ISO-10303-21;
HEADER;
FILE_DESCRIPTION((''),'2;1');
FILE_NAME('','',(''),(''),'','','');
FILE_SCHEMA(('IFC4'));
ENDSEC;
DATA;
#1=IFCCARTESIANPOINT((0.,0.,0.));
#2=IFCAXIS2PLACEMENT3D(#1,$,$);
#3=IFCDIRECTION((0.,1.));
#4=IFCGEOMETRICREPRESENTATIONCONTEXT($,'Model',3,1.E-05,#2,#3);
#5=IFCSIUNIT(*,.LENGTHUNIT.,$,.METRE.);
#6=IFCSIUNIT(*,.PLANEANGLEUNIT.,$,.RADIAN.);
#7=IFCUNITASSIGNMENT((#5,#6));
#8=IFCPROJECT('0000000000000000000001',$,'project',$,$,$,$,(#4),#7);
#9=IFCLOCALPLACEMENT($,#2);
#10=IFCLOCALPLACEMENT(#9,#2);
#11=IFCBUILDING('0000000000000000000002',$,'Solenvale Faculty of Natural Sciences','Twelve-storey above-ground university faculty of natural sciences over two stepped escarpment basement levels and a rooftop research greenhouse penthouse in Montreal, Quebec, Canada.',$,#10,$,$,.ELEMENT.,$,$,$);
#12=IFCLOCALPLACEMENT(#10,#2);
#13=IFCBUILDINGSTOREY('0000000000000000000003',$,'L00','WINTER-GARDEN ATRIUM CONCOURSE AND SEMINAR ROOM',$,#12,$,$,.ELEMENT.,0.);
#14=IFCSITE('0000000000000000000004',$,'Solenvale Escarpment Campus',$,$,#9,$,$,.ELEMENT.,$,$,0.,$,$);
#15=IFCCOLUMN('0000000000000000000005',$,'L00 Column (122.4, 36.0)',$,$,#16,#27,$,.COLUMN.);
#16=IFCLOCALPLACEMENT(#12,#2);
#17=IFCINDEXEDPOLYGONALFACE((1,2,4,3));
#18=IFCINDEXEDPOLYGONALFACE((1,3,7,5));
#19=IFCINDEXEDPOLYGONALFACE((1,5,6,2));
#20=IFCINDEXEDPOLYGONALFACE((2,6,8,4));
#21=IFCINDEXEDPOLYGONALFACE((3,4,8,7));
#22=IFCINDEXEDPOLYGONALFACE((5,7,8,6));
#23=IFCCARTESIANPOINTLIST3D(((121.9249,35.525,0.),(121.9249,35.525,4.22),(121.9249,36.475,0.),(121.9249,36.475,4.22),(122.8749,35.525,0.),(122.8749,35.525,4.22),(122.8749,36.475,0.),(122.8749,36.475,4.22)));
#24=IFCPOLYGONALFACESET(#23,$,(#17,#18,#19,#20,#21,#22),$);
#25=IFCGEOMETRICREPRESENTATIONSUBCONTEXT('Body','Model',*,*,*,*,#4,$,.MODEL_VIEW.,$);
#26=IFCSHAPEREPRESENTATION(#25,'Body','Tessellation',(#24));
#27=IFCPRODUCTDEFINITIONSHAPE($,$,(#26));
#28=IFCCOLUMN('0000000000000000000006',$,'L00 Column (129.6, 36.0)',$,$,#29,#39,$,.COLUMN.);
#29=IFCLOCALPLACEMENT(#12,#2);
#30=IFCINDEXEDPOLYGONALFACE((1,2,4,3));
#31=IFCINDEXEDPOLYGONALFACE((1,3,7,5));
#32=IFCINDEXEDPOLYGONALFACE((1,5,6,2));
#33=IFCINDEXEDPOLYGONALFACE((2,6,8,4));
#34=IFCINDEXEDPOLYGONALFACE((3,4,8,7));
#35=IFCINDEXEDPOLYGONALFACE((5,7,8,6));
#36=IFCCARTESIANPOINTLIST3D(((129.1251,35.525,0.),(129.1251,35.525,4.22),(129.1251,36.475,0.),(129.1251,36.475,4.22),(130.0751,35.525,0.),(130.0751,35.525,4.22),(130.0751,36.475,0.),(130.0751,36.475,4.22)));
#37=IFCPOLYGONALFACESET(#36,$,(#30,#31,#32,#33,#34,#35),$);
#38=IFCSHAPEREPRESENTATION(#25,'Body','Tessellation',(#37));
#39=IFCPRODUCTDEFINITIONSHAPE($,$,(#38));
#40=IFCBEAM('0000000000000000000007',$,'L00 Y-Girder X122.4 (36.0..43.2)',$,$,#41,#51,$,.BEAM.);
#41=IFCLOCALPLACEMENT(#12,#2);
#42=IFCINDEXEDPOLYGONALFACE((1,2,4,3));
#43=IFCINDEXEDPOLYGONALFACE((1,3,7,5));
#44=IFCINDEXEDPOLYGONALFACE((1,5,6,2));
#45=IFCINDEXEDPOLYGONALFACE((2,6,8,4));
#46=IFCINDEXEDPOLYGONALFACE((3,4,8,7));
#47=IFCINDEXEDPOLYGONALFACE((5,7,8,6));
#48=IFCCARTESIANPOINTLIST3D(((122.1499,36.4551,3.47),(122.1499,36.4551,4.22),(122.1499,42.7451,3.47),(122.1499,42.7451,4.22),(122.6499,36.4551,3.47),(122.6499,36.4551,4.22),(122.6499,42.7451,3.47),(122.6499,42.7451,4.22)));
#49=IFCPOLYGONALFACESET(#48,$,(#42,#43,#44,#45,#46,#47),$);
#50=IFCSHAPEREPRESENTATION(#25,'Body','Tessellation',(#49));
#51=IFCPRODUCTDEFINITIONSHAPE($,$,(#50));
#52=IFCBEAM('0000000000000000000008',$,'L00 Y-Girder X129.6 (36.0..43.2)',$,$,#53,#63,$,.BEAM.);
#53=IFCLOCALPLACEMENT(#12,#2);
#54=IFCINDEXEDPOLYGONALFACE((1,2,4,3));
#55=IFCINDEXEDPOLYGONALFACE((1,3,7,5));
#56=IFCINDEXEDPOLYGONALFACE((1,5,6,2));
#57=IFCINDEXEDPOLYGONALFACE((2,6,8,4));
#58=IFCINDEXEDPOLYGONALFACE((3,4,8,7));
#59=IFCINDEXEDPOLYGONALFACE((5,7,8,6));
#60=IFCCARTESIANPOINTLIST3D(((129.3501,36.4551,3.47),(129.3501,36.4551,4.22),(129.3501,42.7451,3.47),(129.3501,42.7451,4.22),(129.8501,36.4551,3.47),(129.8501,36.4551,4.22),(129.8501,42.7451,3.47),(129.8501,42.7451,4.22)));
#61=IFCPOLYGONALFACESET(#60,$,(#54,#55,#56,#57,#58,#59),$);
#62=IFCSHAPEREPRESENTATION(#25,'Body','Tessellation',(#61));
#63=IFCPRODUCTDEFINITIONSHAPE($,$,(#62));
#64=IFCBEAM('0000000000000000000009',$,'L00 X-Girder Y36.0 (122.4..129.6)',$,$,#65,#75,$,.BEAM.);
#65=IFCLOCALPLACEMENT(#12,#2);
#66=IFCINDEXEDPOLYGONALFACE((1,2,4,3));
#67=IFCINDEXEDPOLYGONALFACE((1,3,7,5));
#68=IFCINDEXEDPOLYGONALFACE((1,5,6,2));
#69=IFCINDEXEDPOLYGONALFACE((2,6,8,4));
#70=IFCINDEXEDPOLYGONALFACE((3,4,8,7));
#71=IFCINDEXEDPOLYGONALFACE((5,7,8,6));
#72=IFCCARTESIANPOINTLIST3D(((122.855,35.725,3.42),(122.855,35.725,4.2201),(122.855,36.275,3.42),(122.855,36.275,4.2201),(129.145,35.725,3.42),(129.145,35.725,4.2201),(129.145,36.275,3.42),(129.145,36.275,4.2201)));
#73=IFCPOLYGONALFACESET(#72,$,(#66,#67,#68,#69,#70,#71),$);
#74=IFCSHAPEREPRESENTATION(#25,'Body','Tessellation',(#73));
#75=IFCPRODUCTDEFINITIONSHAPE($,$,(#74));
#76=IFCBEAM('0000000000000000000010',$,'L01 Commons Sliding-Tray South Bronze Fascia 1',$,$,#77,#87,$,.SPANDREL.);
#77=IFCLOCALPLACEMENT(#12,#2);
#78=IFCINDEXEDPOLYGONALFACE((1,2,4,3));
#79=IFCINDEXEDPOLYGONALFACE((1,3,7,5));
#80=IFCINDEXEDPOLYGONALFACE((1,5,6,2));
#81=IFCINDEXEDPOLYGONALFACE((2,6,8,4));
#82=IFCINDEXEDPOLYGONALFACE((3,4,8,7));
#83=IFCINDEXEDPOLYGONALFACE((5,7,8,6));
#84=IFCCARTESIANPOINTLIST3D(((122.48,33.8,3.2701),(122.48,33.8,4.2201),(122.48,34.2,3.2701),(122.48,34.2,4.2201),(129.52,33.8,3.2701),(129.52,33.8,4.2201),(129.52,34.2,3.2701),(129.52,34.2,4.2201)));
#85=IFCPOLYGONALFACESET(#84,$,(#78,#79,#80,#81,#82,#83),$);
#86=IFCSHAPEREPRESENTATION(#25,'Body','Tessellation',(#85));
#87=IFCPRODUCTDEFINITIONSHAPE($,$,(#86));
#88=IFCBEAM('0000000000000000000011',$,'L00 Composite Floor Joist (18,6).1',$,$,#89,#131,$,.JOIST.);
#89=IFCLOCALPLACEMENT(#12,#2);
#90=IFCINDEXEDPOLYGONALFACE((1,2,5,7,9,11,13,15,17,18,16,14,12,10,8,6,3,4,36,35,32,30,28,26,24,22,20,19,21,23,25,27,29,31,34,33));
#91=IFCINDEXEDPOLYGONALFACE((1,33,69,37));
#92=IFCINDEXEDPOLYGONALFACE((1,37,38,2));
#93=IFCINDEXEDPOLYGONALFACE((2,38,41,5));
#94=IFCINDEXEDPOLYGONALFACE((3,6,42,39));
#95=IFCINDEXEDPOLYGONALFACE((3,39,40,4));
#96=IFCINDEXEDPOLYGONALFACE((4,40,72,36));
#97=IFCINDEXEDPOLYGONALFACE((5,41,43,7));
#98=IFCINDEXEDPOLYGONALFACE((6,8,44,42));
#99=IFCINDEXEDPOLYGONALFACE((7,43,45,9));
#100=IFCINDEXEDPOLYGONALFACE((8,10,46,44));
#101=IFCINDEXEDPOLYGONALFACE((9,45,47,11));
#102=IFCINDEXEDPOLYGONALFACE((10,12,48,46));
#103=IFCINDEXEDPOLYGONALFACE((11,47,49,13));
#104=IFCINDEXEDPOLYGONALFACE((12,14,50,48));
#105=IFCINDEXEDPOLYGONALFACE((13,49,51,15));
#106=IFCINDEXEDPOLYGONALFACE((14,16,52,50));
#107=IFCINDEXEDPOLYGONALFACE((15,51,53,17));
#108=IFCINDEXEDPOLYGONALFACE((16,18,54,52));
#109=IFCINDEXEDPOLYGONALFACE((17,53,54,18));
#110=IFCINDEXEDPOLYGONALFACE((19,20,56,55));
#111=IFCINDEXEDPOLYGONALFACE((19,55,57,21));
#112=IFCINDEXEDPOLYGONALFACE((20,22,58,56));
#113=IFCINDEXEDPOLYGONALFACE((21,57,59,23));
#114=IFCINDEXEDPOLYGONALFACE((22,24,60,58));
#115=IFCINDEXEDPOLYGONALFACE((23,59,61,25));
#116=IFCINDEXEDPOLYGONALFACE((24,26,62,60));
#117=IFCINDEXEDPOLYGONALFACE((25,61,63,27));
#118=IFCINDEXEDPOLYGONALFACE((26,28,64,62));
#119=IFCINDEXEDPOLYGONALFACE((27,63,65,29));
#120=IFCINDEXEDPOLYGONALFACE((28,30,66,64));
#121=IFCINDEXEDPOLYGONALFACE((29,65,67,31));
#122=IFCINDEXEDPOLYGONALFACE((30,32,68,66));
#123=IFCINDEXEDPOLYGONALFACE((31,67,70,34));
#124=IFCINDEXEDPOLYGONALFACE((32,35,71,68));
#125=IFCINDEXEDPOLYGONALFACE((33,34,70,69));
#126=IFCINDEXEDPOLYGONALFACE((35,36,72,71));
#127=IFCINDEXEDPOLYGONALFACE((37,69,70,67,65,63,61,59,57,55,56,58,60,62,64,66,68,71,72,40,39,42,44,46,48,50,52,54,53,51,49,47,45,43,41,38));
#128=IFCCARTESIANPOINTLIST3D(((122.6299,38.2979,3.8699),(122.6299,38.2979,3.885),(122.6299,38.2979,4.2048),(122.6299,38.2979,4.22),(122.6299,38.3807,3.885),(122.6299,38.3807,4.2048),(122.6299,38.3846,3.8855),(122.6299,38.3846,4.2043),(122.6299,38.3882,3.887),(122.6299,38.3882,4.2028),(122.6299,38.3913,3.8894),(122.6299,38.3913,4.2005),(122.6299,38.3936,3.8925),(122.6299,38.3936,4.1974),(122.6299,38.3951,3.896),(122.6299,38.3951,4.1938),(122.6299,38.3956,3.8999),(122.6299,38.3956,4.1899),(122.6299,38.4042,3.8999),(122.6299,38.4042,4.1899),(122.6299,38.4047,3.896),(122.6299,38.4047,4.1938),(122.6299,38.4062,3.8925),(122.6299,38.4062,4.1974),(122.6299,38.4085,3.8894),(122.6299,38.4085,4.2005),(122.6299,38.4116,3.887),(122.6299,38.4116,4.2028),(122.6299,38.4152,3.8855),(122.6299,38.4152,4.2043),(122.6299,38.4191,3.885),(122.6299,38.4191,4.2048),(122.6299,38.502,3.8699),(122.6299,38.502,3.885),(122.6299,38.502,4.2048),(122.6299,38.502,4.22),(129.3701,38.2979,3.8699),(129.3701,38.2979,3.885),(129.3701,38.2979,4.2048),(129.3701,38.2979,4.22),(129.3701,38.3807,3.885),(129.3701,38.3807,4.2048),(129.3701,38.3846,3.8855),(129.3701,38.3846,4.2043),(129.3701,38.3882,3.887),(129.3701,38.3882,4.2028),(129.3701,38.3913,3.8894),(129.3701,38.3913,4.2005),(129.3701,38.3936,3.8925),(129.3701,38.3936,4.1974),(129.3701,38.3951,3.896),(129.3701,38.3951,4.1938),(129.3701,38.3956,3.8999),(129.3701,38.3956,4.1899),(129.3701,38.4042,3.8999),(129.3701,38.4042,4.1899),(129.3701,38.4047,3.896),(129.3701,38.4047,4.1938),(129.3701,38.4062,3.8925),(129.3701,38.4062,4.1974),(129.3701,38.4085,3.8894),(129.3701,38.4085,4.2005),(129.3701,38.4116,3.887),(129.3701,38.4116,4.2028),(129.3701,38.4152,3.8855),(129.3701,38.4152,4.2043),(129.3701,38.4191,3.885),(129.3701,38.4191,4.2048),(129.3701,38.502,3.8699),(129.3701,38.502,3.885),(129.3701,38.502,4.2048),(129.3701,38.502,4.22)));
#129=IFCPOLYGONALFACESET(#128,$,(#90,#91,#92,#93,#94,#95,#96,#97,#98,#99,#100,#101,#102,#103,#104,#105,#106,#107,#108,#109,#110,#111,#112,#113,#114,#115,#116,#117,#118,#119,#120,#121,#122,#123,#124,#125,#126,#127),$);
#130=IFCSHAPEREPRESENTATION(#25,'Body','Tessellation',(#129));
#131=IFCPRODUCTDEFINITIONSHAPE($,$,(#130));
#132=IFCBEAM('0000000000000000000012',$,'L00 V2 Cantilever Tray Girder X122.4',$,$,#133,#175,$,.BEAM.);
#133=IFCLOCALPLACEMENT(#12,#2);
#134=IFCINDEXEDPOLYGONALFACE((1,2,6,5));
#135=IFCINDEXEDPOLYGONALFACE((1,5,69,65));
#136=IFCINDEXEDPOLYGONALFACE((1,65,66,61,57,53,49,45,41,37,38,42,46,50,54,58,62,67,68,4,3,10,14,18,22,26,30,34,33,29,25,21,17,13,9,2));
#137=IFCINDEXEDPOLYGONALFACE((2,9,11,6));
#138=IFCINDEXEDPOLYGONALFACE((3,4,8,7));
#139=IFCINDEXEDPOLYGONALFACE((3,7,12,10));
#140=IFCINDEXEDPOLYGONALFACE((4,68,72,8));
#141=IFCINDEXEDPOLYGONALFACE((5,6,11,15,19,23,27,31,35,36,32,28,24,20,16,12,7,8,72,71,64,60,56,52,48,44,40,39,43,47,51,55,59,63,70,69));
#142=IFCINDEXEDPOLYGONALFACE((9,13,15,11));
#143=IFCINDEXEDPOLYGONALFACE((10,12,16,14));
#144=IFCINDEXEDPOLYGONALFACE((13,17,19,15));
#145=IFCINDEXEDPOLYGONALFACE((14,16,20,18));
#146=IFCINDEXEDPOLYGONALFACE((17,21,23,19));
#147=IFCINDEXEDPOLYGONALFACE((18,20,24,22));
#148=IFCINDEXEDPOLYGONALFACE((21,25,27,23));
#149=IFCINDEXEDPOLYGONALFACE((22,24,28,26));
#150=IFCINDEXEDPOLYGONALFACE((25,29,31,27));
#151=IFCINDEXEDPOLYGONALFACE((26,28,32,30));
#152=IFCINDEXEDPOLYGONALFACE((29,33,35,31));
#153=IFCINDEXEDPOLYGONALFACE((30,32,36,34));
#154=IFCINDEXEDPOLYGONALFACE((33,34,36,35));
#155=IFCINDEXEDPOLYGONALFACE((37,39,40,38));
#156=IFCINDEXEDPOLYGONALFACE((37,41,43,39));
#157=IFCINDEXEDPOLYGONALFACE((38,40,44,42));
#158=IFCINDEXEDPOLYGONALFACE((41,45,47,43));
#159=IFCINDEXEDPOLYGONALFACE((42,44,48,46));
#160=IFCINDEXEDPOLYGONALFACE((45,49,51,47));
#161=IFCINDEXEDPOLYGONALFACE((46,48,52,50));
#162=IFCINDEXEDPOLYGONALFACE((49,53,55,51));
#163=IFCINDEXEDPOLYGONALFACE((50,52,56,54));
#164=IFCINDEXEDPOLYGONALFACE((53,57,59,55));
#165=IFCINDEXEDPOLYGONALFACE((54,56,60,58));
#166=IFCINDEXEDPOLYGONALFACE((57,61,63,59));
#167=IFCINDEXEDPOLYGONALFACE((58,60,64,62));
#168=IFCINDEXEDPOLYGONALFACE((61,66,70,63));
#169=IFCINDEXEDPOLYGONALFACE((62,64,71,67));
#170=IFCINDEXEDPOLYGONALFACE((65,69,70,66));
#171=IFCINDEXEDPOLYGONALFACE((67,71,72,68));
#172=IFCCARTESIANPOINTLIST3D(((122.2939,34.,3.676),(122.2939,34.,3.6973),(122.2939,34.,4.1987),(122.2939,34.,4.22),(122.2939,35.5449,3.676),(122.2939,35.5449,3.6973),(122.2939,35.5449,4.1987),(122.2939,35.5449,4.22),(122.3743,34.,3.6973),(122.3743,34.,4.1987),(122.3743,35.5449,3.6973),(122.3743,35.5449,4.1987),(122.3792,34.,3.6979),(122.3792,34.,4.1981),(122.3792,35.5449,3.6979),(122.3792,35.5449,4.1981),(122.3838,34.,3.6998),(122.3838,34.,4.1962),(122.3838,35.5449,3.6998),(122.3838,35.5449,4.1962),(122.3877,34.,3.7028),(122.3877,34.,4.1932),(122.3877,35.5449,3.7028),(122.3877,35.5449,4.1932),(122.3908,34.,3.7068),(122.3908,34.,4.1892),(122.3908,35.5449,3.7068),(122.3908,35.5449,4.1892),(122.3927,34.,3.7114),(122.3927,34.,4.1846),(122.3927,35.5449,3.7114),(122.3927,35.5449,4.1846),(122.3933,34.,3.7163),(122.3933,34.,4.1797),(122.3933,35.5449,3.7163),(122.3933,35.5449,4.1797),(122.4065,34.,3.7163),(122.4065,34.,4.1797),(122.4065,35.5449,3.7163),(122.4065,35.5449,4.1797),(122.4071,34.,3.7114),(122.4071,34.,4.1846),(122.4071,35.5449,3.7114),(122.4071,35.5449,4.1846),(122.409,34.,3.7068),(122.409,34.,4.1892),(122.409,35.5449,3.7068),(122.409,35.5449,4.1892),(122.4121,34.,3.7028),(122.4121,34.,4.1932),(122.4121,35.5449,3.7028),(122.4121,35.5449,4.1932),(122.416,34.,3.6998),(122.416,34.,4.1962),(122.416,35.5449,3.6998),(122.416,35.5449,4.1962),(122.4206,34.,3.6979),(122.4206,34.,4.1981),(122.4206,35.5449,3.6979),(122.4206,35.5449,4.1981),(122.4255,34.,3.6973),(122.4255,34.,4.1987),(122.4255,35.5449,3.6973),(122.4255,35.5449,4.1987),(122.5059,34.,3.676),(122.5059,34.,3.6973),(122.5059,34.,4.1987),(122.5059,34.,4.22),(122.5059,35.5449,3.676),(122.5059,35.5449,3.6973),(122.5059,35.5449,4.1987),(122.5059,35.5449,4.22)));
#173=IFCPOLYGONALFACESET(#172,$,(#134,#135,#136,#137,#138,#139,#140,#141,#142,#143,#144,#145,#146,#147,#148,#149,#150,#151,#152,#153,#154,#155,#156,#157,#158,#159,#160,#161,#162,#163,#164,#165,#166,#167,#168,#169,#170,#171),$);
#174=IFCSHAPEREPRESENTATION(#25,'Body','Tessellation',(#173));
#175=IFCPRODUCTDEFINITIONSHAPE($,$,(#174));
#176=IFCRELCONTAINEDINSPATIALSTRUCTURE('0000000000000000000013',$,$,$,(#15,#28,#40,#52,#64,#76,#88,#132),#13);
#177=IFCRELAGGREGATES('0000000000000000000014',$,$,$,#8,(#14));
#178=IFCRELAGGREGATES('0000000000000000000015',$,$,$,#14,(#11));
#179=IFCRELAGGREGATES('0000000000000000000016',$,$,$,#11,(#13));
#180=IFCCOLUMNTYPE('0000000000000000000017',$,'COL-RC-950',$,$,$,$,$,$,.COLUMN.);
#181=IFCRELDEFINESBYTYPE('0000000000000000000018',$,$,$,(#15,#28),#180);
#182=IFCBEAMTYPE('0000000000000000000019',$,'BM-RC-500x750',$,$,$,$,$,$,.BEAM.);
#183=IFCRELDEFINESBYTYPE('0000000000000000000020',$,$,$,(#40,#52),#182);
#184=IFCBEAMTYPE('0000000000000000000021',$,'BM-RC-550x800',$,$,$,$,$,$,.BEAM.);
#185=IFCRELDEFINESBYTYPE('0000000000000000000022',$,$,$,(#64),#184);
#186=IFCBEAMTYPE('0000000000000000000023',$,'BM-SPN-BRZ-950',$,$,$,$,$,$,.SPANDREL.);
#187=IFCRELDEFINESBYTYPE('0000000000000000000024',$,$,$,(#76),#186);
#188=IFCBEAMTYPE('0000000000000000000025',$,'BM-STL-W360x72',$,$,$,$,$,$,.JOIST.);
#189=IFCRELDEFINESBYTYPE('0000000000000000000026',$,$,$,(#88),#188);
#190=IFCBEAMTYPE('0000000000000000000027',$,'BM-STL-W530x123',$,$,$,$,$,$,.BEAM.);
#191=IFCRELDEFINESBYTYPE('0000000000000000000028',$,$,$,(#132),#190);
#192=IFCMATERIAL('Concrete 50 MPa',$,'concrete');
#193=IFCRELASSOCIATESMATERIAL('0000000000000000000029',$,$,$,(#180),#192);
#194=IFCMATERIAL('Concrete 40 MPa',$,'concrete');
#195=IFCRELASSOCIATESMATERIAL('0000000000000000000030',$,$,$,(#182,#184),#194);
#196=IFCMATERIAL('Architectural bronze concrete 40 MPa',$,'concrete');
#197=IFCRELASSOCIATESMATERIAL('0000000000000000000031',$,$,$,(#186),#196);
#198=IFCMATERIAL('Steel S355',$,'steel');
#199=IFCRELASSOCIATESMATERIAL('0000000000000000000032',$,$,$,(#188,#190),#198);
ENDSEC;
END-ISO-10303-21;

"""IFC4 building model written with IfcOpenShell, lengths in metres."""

from ifc_helpers import new_model, si_unit, direction, frame, origin, origin_2d, place, context, subcontext, project, spatial, rectangle, i_section, extrude, material, material_profile, profile_set, type_object, element, save


model = new_model("IFC4")

# Units and contexts
model_context = context("Model", 3, precision=1e-05, world=origin(), true_north=direction((0.0, 1.0)))
body_context = subcontext(model_context, "Body", "Model", "MODEL_VIEW")
ifc_project = project(units=[si_unit("LENGTHUNIT", "METRE"), si_unit("PLANEANGLEUNIT", "RADIAN")], contexts=[model_context])

# Site, building, storey
site_placement = place(None, origin())
site = spatial("IfcSite", under=ifc_project, at=site_placement, Name="Solenvale Escarpment Campus", CompositionType="ELEMENT", RefElevation=0.0)
building_placement = place(site_placement, origin())
building = spatial("IfcBuilding", under=site, at=building_placement, Name="Solenvale Faculty of Natural Sciences", Description="Twelve-storey above-ground university faculty of natural sciences over two stepped escarpment basement levels and a rooftop research greenhouse penthouse in Montreal, Quebec, Canada.", CompositionType="ELEMENT")
storey_placement = place(building_placement, origin())
storey = spatial("IfcBuildingStorey", under=building, at=storey_placement, Name="L00", Description="WINTER-GARDEN ATRIUM CONCOURSE AND SEMINAR ROOM", CompositionType="ELEMENT", Elevation=0.0)

# Columns
ifc_material_1 = material(Name="Concrete 50 MPa", Category="concrete")
ifc_material_profile_1 = material_profile(ifc_material_1, rectangle(XDim=0.95, YDim=0.95, at=origin_2d()), Name="RC-COL-950x950")
ifc_profile_set_1 = profile_set([ifc_material_profile_1], Name="Concrete 50 MPa")
column_type = type_object("IfcColumnType", Name="COL-RC-950", PredefinedType="COLUMN", material=ifc_profile_set_1)
for number, where, z_axis, x_axis, name in (
    (1, (122.3999, 36.0, 0.0), (0.0, 0.0, 1.0), (1.0, 0.0, 0.0), "L00 Column (122.4, 36.0)"),
    (2, (129.6001, 36.0, 0.0), (0.0, 0.0, 1.0), (1.0, 0.0, 0.0), "L00 Column (129.6, 36.0)"),
):
    element("IfcColumn", number, at=place(storey_placement, frame(where, z_axis=z_axis, x_axis=x_axis)), inside=storey, type_object=column_type, Name=name, PredefinedType="COLUMN", context=body_context, shape_type="SweptSolid", body=[
        extrude(rectangle(XDim=0.95, YDim=0.95, at=origin_2d()), origin(), (0.0, 0.0, 1.0), 4.22),
    ])

# Beams
ifc_material_2 = material(Name="Concrete 40 MPa", Category="concrete")
ifc_material_profile_2 = material_profile(ifc_material_2, rectangle(XDim=0.5, YDim=0.75, at=origin_2d()), Name="RC-BM-500x750")
ifc_profile_set_2 = profile_set([ifc_material_profile_2], Name="Concrete 40 MPa")
beam_type_1 = type_object("IfcBeamType", Name="BM-RC-500x750", PredefinedType="BEAM", material=ifc_profile_set_2)
for number, where, z_axis, x_axis, name in (
    (3, (122.3999, 36.4551, 3.845), (0.0, 1.0, 0.0), (-1.0, 0.0, 0.0), "L00 Y-Girder X122.4 (36.0..43.2)"),
    (4, (129.6001, 36.4551, 3.845), (0.0, 1.0, 0.0), (-1.0, 0.0, 0.0), "L00 Y-Girder X129.6 (36.0..43.2)"),
):
    element("IfcBeam", number, at=place(storey_placement, frame(where, z_axis=z_axis, x_axis=x_axis)), inside=storey, type_object=beam_type_1, Name=name, PredefinedType="BEAM", context=body_context, shape_type="SweptSolid", body=[
        extrude(rectangle(XDim=0.5, YDim=0.75, at=origin_2d()), origin(), (0.0, 0.0, 1.0), 6.29),
    ])
ifc_material_profile_3 = material_profile(ifc_material_2, rectangle(XDim=0.55, YDim=0.8, at=origin_2d()), Name="RC-BM-550x800")
ifc_profile_set_3 = profile_set([ifc_material_profile_3], Name="Concrete 40 MPa")
beam_type_2 = type_object("IfcBeamType", Name="BM-RC-550x800", PredefinedType="BEAM", material=ifc_profile_set_3)
beam_1_placement = place(storey_placement, frame((122.855, 36.0, 3.8201), z_axis=(1.0, 0.0, 0.0), x_axis=(0.0, 1.0, 0.0)))
element("IfcBeam", 5, at=beam_1_placement, inside=storey, type_object=beam_type_2, Name="L00 X-Girder Y36.0 (122.4..129.6)", PredefinedType="BEAM", context=body_context, shape_type="SweptSolid", body=[
    extrude(rectangle(XDim=0.55, YDim=0.8, at=origin_2d()), origin(), (0.0, 0.0, 1.0), 6.29),
])
ifc_material_3 = material(Name="Architectural bronze concrete 40 MPa", Category="concrete")
ifc_material_profile_4 = material_profile(ifc_material_3, rectangle(XDim=0.3999, YDim=0.95, at=origin_2d()), Name="RC-SPN-400x950")
ifc_profile_set_4 = profile_set([ifc_material_profile_4], Name="Architectural bronze concrete 40 MPa")
beam_type_3 = type_object("IfcBeamType", Name="BM-SPN-BRZ-950", PredefinedType="SPANDREL", material=ifc_profile_set_4)
beam_2_placement = place(storey_placement, frame((122.48, 34.0, 3.7451), z_axis=(1.0, 0.0, 0.0), x_axis=(0.0, 1.0, 0.0)))
element("IfcBeam", 6, at=beam_2_placement, inside=storey, type_object=beam_type_3, Name="L01 Commons Sliding-Tray South Bronze Fascia 1", PredefinedType="SPANDREL", context=body_context, shape_type="SweptSolid", body=[
    extrude(rectangle(XDim=0.3999, YDim=0.95, at=origin_2d()), origin(), (0.0, 0.0, 1.0), 7.04),
])
ifc_material_4 = material(Name="Steel S355", Category="steel")
ifc_material_profile_5 = material_profile(ifc_material_4, i_section(OverallWidth=0.2041, OverallDepth=0.3501, WebThickness=0.0085, FlangeThickness=0.0151, FilletRadius=0.0149, at=origin_2d()), Name="W360x72")
ifc_profile_set_5 = profile_set([ifc_material_profile_5], Name="Steel S355")
beam_type_4 = type_object("IfcBeamType", Name="BM-STL-W360x72", PredefinedType="JOIST", material=ifc_profile_set_5)
beam_3_placement = place(storey_placement, frame((122.6299, 38.3999, 4.0449), z_axis=(1.0, 0.0, 0.0), x_axis=(0.0, 1.0, 0.0)))
element("IfcBeam", 7, at=beam_3_placement, inside=storey, type_object=beam_type_4, Name="L00 Composite Floor Joist (18,6).1", PredefinedType="JOIST", context=body_context, shape_type="SweptSolid", body=[
    extrude(i_section(OverallWidth=0.2041, OverallDepth=0.3501, WebThickness=0.0085, FlangeThickness=0.0151, FilletRadius=0.0149, at=origin_2d()), origin(), (0.0, 0.0, 1.0), 6.7402),
])
ifc_material_profile_6 = material_profile(ifc_material_4, i_section(OverallWidth=0.2119, OverallDepth=0.5439, WebThickness=0.0132, FlangeThickness=0.0212, FilletRadius=0.019, at=origin_2d()), Name="W530x123")
ifc_profile_set_6 = profile_set([ifc_material_profile_6], Name="Steel S355")
beam_type_5 = type_object("IfcBeamType", Name="BM-STL-W530x123", PredefinedType="BEAM", material=ifc_profile_set_6)
for number, where, z_axis, x_axis, name in (
    (8, (122.3999, 35.5449, 3.948), (0.0, -1.0, 0.0), (1.0, 0.0, 0.0), "L00 V2 Cantilever Tray Girder X122.4"),
):
    element("IfcBeam", number, at=place(storey_placement, frame(where, z_axis=z_axis, x_axis=x_axis)), inside=storey, type_object=beam_type_5, Name=name, PredefinedType="BEAM", context=body_context, shape_type="SweptSolid", body=[
        extrude(i_section(OverallWidth=0.2119, OverallDepth=0.5439, WebThickness=0.0132, FlangeThickness=0.0212, FilletRadius=0.019, at=origin_2d()), origin(), (0.0, 0.0, 1.0), 1.5449),
    ])

save(model, "model.ifc")
